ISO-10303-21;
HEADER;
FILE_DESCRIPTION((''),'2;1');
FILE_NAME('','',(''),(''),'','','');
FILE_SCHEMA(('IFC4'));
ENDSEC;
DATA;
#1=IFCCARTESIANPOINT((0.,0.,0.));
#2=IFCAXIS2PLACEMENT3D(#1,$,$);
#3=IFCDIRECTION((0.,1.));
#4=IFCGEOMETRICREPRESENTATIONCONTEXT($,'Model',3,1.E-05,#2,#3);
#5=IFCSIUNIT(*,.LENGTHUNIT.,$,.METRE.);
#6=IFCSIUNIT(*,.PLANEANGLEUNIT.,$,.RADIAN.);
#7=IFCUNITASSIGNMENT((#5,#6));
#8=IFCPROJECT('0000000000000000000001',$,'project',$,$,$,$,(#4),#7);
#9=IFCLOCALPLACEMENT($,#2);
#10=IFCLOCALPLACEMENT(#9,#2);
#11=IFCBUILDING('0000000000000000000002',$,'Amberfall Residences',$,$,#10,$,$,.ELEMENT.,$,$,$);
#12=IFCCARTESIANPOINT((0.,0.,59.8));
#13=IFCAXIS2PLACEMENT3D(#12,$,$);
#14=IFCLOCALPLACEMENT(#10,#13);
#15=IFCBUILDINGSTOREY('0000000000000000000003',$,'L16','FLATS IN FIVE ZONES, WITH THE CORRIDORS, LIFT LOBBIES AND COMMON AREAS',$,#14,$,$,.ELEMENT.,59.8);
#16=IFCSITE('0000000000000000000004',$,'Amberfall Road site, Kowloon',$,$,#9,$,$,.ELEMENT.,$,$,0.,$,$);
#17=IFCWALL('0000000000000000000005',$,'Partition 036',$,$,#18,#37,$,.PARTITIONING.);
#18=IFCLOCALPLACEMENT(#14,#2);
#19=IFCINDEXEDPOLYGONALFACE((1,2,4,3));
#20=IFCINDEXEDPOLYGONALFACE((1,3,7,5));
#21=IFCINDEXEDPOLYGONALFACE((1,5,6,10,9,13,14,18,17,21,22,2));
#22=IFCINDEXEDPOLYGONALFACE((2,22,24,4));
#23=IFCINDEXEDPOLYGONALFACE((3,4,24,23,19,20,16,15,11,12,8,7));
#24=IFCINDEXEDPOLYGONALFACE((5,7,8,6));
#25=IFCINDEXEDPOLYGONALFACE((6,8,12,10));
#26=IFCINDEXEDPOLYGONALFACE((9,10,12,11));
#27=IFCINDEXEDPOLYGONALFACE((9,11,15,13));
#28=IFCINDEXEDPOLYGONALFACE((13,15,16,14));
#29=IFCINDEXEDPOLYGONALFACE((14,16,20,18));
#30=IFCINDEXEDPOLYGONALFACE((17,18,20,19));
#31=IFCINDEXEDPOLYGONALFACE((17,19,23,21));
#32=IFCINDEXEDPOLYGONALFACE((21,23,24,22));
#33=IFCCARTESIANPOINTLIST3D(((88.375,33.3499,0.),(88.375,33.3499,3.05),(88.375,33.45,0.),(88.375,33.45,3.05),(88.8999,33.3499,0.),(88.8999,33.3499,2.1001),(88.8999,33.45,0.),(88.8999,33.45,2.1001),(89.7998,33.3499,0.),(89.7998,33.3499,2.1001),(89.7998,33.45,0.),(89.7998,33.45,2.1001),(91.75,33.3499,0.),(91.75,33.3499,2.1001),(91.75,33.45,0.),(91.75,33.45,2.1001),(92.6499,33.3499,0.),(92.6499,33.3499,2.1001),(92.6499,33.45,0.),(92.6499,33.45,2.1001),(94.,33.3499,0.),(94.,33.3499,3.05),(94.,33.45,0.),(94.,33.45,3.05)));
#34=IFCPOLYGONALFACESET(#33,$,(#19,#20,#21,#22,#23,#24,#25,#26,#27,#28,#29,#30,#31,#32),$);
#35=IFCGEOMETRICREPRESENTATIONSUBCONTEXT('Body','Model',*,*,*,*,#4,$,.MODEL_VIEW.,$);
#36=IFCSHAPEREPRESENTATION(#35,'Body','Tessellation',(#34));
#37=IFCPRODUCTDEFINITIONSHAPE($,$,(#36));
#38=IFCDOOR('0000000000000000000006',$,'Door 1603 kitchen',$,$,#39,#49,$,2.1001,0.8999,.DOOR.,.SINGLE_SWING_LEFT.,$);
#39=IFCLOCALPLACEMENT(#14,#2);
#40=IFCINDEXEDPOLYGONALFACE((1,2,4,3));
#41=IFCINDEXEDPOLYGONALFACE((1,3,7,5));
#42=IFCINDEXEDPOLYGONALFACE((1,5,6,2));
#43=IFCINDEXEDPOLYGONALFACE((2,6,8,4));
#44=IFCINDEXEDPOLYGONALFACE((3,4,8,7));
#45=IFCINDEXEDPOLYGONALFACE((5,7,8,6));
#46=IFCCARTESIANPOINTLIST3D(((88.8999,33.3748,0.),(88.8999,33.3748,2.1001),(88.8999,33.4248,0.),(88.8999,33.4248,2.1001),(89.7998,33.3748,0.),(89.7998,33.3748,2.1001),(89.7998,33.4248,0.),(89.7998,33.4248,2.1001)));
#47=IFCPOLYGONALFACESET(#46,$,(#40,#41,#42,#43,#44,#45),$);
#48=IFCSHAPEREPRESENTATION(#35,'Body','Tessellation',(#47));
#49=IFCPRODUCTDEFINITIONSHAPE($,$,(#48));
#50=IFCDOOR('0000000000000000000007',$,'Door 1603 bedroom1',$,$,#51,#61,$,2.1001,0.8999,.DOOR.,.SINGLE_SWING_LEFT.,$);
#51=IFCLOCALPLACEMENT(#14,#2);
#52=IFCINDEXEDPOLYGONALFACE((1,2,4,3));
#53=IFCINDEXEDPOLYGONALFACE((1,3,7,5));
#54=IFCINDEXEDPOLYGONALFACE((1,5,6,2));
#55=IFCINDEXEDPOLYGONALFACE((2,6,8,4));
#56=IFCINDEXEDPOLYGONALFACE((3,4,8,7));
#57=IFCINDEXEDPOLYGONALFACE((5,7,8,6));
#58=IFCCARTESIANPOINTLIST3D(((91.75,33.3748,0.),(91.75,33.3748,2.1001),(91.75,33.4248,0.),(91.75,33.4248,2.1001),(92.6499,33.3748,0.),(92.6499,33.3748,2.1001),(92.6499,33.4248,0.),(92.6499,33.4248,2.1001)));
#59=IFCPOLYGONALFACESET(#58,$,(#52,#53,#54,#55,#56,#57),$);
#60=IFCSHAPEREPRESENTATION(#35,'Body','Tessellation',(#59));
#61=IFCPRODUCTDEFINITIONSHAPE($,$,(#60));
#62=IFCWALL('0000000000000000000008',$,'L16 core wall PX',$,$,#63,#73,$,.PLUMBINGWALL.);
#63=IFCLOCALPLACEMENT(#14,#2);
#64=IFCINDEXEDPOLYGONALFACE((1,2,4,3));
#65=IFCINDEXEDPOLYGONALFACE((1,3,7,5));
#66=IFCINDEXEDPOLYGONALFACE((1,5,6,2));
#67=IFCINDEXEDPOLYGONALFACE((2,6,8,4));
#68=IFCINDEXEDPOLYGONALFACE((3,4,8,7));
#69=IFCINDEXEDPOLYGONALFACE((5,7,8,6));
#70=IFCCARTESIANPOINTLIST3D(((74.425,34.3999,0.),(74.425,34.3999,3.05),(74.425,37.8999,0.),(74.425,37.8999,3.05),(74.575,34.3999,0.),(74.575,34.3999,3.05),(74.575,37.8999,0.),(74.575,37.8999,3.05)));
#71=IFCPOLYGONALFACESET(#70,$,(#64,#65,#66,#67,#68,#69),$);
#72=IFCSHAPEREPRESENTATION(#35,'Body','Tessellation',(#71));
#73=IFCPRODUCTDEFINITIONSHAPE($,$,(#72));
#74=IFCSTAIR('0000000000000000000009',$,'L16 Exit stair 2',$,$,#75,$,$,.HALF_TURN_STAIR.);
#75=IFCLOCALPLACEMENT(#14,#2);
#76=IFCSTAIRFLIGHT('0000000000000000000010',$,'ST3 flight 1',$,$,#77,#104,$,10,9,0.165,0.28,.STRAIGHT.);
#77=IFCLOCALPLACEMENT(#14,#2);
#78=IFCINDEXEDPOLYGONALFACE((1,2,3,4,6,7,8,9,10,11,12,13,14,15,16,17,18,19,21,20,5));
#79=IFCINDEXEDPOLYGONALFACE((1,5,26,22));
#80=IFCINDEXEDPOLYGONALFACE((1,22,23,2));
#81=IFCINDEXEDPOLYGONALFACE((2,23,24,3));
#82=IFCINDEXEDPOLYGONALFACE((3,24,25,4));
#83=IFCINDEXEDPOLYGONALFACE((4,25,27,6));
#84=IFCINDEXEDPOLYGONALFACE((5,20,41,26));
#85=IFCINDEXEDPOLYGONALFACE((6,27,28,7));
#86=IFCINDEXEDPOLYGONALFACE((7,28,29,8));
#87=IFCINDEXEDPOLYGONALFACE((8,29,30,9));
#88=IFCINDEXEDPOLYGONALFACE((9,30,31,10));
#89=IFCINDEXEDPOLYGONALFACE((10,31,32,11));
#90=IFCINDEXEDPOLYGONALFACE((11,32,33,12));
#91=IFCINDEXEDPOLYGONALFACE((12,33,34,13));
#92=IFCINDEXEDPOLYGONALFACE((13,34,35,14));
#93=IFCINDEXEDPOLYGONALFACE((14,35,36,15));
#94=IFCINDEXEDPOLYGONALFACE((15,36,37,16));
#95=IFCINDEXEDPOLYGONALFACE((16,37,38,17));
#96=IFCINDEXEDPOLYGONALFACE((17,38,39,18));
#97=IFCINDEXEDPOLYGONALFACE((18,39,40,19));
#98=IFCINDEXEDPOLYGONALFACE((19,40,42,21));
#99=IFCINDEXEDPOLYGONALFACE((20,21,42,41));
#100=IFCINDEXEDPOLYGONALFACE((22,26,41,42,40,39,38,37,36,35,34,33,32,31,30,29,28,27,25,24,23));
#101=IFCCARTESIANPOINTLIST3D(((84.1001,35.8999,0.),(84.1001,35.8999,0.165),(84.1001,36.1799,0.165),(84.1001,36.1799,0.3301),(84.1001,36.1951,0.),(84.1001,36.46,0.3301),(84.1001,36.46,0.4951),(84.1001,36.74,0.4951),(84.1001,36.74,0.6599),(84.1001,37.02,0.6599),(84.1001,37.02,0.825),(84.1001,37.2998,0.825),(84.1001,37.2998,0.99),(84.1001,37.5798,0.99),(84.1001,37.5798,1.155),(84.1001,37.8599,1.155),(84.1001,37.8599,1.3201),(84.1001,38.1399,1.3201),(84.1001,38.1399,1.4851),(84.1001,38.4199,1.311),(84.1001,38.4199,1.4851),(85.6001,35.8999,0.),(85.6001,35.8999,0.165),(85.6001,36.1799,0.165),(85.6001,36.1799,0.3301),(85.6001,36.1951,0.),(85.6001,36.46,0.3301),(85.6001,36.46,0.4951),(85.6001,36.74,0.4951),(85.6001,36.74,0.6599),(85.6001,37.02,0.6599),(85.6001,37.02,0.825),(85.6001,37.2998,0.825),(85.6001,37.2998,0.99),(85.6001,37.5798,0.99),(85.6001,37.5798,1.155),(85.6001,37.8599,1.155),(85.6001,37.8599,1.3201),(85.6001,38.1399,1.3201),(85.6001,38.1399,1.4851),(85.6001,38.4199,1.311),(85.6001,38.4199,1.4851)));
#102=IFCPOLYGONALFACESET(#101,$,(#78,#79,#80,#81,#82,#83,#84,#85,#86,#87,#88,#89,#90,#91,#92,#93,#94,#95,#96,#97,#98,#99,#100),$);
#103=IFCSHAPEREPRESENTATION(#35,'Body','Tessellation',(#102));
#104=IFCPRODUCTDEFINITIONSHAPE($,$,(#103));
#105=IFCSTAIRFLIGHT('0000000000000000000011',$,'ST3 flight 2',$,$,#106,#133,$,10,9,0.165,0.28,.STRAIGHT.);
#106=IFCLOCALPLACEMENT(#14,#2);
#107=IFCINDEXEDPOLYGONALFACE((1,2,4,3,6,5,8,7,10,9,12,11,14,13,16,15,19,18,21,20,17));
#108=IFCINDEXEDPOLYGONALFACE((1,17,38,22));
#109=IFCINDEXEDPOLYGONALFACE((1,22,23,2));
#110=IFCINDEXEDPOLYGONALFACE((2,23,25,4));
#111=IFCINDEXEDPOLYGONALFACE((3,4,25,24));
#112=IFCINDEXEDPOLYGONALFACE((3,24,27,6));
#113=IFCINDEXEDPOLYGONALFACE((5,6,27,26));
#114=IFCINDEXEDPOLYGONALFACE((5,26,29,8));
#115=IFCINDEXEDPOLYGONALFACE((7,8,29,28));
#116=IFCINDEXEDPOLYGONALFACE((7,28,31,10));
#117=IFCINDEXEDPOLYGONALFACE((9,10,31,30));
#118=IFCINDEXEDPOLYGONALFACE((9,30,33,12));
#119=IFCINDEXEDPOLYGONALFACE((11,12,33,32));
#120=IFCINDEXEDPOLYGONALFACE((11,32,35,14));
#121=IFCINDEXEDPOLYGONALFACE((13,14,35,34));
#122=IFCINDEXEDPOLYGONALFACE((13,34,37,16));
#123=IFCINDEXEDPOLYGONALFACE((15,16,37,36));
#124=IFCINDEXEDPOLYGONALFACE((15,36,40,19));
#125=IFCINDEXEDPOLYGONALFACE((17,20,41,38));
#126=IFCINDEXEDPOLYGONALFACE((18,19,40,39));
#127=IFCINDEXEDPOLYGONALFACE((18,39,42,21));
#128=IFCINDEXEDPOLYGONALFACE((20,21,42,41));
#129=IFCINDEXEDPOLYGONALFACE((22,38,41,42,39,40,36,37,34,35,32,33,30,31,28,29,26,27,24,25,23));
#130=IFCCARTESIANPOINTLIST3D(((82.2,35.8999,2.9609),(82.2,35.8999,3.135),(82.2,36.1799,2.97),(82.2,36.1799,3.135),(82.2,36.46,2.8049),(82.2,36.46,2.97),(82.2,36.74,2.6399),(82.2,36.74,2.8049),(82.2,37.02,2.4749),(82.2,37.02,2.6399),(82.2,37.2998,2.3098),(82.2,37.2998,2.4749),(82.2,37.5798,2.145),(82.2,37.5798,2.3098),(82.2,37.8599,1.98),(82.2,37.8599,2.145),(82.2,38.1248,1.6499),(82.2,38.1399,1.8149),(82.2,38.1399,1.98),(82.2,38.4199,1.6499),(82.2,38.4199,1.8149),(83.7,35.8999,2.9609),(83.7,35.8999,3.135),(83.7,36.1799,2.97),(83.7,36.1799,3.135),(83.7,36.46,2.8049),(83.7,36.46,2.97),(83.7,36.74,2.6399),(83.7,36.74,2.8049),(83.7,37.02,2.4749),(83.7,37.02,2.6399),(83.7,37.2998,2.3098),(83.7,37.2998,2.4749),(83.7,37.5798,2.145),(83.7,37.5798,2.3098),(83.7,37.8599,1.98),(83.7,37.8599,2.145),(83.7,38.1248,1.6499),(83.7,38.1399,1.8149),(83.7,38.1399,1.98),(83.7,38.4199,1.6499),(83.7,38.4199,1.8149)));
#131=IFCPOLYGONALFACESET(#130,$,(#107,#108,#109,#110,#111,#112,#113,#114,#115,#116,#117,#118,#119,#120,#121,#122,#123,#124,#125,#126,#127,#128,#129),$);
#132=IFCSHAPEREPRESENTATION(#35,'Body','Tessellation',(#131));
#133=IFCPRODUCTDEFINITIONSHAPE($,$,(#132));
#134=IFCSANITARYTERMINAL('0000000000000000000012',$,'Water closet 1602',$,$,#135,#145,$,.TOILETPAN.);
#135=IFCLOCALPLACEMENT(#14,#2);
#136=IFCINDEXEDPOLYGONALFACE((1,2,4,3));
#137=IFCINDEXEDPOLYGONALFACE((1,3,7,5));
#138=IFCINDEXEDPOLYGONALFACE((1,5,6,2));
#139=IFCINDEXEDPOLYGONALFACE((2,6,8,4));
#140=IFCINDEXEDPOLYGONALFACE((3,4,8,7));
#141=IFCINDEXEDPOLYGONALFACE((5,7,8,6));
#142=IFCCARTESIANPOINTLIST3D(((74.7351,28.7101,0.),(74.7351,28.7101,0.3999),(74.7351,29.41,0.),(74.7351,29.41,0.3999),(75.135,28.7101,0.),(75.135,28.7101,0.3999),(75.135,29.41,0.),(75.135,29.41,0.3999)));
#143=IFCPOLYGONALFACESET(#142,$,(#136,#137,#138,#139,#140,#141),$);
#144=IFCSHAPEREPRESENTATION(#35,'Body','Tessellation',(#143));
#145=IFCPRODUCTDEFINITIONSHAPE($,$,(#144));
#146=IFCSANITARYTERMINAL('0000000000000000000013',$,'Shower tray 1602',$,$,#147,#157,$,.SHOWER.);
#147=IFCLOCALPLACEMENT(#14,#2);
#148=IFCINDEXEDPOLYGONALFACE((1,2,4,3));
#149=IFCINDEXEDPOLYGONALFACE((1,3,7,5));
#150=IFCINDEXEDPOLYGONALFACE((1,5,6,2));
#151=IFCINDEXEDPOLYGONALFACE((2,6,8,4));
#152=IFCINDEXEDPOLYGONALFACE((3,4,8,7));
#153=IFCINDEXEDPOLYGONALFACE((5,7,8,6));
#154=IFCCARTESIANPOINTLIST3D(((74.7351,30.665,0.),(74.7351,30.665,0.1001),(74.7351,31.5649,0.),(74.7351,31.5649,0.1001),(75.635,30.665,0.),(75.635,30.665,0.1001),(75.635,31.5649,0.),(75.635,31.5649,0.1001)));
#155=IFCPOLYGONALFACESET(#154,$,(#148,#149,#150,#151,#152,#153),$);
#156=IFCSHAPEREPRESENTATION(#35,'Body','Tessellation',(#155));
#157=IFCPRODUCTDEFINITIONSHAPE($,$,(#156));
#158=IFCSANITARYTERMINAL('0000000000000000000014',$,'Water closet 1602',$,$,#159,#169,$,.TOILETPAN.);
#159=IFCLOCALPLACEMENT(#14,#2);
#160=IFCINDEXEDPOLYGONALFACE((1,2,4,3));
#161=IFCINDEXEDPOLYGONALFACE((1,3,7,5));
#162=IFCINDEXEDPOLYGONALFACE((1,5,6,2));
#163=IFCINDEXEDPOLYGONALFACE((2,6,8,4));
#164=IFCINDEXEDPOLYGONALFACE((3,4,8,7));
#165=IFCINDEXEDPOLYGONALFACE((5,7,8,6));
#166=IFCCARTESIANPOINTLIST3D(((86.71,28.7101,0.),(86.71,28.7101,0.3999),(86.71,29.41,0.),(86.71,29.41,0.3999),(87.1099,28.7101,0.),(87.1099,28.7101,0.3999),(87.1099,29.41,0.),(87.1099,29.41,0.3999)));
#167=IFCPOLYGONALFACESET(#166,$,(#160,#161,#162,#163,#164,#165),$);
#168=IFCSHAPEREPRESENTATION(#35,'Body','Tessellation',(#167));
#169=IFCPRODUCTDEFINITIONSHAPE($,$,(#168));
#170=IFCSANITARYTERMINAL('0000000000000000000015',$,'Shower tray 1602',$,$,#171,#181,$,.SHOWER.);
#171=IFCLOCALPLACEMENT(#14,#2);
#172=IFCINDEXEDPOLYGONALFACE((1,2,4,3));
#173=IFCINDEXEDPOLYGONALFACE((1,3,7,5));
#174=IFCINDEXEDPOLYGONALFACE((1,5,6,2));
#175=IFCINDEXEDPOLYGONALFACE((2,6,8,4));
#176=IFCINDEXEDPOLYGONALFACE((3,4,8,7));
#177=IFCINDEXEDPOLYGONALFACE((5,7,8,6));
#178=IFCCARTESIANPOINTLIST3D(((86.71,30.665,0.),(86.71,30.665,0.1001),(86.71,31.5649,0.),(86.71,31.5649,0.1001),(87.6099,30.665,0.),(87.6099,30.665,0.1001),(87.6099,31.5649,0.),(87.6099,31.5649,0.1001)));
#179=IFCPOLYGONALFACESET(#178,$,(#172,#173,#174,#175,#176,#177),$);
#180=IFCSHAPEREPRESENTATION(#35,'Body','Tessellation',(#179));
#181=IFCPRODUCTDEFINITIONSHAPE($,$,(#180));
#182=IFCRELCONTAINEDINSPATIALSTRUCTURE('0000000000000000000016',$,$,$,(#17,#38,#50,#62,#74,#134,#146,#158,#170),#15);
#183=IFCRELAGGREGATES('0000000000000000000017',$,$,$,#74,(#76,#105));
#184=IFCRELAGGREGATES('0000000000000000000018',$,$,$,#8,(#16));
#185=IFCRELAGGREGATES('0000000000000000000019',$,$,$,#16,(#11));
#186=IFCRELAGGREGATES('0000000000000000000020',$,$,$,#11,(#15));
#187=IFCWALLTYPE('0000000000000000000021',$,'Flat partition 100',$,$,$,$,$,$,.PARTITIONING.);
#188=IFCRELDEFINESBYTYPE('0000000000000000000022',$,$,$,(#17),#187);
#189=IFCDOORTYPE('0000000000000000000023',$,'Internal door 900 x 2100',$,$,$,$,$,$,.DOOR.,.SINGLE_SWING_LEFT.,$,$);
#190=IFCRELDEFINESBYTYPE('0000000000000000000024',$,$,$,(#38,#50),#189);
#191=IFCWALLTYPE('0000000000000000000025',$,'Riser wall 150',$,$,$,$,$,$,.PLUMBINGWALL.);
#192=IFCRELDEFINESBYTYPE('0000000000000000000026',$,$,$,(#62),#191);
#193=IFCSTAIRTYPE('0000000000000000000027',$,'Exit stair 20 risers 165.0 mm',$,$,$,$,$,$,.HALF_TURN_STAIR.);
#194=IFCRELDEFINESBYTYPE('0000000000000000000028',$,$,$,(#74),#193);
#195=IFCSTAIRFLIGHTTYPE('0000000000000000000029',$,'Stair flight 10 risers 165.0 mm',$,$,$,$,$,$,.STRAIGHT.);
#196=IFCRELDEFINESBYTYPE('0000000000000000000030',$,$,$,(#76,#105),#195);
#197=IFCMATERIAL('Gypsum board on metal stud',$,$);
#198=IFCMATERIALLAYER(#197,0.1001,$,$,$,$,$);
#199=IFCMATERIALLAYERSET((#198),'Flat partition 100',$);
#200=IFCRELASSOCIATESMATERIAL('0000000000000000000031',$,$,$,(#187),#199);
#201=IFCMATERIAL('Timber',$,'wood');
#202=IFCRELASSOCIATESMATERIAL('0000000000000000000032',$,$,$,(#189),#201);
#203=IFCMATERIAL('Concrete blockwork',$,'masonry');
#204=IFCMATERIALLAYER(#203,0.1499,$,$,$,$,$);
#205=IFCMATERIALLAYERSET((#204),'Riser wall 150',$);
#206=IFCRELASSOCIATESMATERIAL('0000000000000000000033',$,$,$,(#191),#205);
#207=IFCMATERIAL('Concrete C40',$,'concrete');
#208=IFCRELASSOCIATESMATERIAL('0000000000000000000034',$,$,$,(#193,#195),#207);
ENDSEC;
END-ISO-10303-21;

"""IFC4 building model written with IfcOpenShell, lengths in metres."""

from ifc_helpers import new_model, si_unit, direction, frame, frame_2d, origin, origin_2d, place, context, subcontext, project, spatial, polyline, rectangle, outline, extrude, material, layer, layer_set, type_object, element, fill, aggregate, save


model = new_model("IFC4")

# Units and contexts
model_context = context("Model", 3, precision=1e-05, world=origin(), true_north=direction((0.0, 1.0)))
body_context = subcontext(model_context, "Body", "Model", "MODEL_VIEW")
ifc_project = project(units=[si_unit("LENGTHUNIT", "METRE"), si_unit("PLANEANGLEUNIT", "RADIAN")], contexts=[model_context])

# Site, building, storey
site_placement = place(None, origin())
site = spatial("IfcSite", under=ifc_project, at=site_placement, Name="Amberfall Road site, Kowloon", CompositionType="ELEMENT", RefElevation=0.0)
building_placement = place(site_placement, origin())
building = spatial("IfcBuilding", under=site, at=building_placement, Name="Amberfall Residences", CompositionType="ELEMENT")
storey_placement = place(building_placement, frame((0.0, 0.0, 59.8)))
storey = spatial("IfcBuildingStorey", under=building, at=storey_placement, Name="L16", Description="FLATS IN FIVE ZONES, WITH THE CORRIDORS, LIFT LOBBIES AND COMMON AREAS", CompositionType="ELEMENT", Elevation=59.8)

# Shared definitions
ifc_material_1 = material(Name="Gypsum board on metal stud")
ifc_layer_1 = layer(ifc_material_1, 0.1001)
ifc_layer_set_1 = layer_set([ifc_layer_1], Name="Flat partition 100")
wall_type_1 = type_object("IfcWallType", Name="Flat partition 100", PredefinedType="PARTITIONING", material=ifc_layer_set_1)
ifc_material_2 = material(Name="Timber", Category="wood")
door_type_1 = type_object("IfcDoorType", Name="Internal door 900 x 2100", OperationType="SINGLE_SWING_LEFT", PredefinedType="DOOR", material=ifc_material_2)

# Wall, openings, doors
wall_1_placement = place(storey_placement, frame((88.375, 33.3999, 0.0), z_axis=(0.0, 0.0, 1.0), x_axis=(1.0, 0.0, 0.0)))
wall_1 = element("IfcWall", 1, at=wall_1_placement, inside=storey, type_object=wall_type_1, Name="Partition 036", PredefinedType="PARTITIONING", context=body_context, shape_type="SweptSolid", body=[
    extrude(rectangle(XDim=5.625, YDim=0.1001, at=frame_2d((2.8125, 0.0))), origin(), (0.0, 0.0, 1.0), 3.05),
])
opening_1_placement = place(wall_1_placement, frame((0.5249, 0.0, 0.0)))
opening_1 = element("IfcOpeningElement", 2, at=opening_1_placement, cuts=wall_1, PredefinedType="OPENING", context=body_context, shape_type="SweptSolid", body=[
    extrude(rectangle(XDim=0.8999, YDim=2.1001, at=frame_2d((0.45, 1.05))), frame((0.0, 0.0601, 0.0), z_axis=(0.0, -1.0, 0.0), x_axis=(1.0, 0.0, 0.0)), (0.0, 0.0, 1.0), 0.1201),
])
opening_2_placement = place(wall_1_placement, frame((3.375, 0.0, 0.0)))
opening_2 = element("IfcOpeningElement", 3, at=opening_2_placement, cuts=wall_1, PredefinedType="OPENING", context=body_context, shape_type="SweptSolid", body=[
    extrude(rectangle(XDim=0.8999, YDim=2.1001, at=frame_2d((0.45, 1.05))), frame((0.0, 0.0601, 0.0), z_axis=(0.0, -1.0, 0.0), x_axis=(1.0, 0.0, 0.0)), (0.0, 0.0, 1.0), 0.1201),
])
door_1_placement = place(opening_1_placement, origin())
door_1 = element("IfcDoor", 4, at=door_1_placement, inside=storey, type_object=door_type_1, Name="Door 1603 kitchen", OperationType="SINGLE_SWING_LEFT", OverallHeight=2.1001, OverallWidth=0.8999, PredefinedType="DOOR", context=body_context, shape_type="SweptSolid", body=[
    extrude(rectangle(XDim=0.8999, YDim=2.1001, at=frame_2d((0.45, 1.05))), frame((0.0, 0.0249, 0.0), z_axis=(0.0, -1.0, 0.0), x_axis=(1.0, 0.0, 0.0)), (0.0, 0.0, 1.0), 0.05),
])
fill(opening_1, door_1)
door_2_placement = place(opening_2_placement, origin())
door_2 = element("IfcDoor", 5, at=door_2_placement, inside=storey, type_object=door_type_1, Name="Door 1603 bedroom1", OperationType="SINGLE_SWING_LEFT", OverallHeight=2.1001, OverallWidth=0.8999, PredefinedType="DOOR", context=body_context, shape_type="SweptSolid", body=[
    extrude(rectangle(XDim=0.8999, YDim=2.1001, at=frame_2d((0.45, 1.05))), frame((0.0, 0.0249, 0.0), z_axis=(0.0, -1.0, 0.0), x_axis=(1.0, 0.0, 0.0)), (0.0, 0.0, 1.0), 0.05),
])
fill(opening_2, door_2)

# Wall
ifc_material_3 = material(Name="Concrete blockwork", Category="masonry")
ifc_layer_2 = layer(ifc_material_3, 0.1499)
ifc_layer_set_2 = layer_set([ifc_layer_2], Name="Riser wall 150")
wall_type_2 = type_object("IfcWallType", Name="Riser wall 150", PredefinedType="PLUMBINGWALL", material=ifc_layer_set_2)
wall_2_placement = place(storey_placement, frame((74.5, 34.3999, 0.0), z_axis=(0.0, 0.0, 1.0), x_axis=(0.0, 1.0, 0.0)))
element("IfcWall", 6, at=wall_2_placement, inside=storey, type_object=wall_type_2, Name="L16 core wall PX", PredefinedType="PLUMBINGWALL", context=body_context, shape_type="SweptSolid", body=[
    extrude(rectangle(XDim=3.5, YDim=0.1499, at=frame_2d((1.75, 0.0))), origin(), (0.0, 0.0, 1.0), 3.05),
])

# Stair, stair flights
ifc_material_4 = material(Name="Concrete C40", Category="concrete")
stair_type = type_object("IfcStairType", Name="Exit stair 20 risers 165.0 mm", PredefinedType="HALF_TURN_STAIR", material=ifc_material_4)
stair_placement = place(storey_placement, origin())
stair = element("IfcStair", 7, at=stair_placement, inside=storey, type_object=stair_type, Name="L16 Exit stair 2", PredefinedType="HALF_TURN_STAIR")
stair_flight_type = type_object("IfcStairFlightType", Name="Stair flight 10 risers 165.0 mm", PredefinedType="STRAIGHT", material=ifc_material_4)
stair_flight_1_placement = place(storey_placement, frame((84.8501, 35.8999, 0.0), z_axis=(0.0, 0.0, 1.0), x_axis=(0.0, 1.0, 0.0)))
stair_flight_1 = element("IfcStairFlight", 8, at=stair_flight_1_placement, type_object=stair_flight_type, Name="ST3 flight 1", NumberOfRisers=10, NumberOfTreads=9, PredefinedType="STRAIGHT", RiserHeight=0.165, TreadLength=0.28, context=body_context, shape_type="SweptSolid", body=[
    extrude(outline(polyline([(0.0, 0.0), (0.0, 0.165), (0.28, 0.165), (0.28, 0.3301), (0.5601, 0.3301), (0.5601, 0.4951), (0.8401, 0.4951), (0.8401, 0.6599), (1.1201, 0.6599), (1.1201, 0.825), (1.3999, 0.825), (1.3999, 0.99), (1.6799, 0.99), (1.6799, 1.155), (1.96, 1.155), (1.96, 1.3201), (2.24, 1.3201), (2.24, 1.4851), (2.52, 1.4851), (2.52, 1.6499), (2.52, 1.311), (0.2952, 0.0), (0.0, 0.0)])), frame((0.0, 0.75, 0.0), z_axis=(0.0, -1.0, 0.0), x_axis=(1.0, 0.0, 0.0)), (0.0, 0.0, 1.0), 1.5),
])
stair_flight_2_placement = place(storey_placement, frame((82.95, 38.4199, 1.6499), z_axis=(0.0, 0.0, 1.0), x_axis=(0.0, -1.0, 0.0)))
stair_flight_2 = element("IfcStairFlight", 9, at=stair_flight_2_placement, type_object=stair_flight_type, Name="ST3 flight 2", NumberOfRisers=10, NumberOfTreads=9, PredefinedType="STRAIGHT", RiserHeight=0.165, TreadLength=0.28, context=body_context, shape_type="SweptSolid", body=[
    extrude(outline(polyline([(0.0, 0.0), (0.0, 0.165), (0.28, 0.165), (0.28, 0.3301), (0.5601, 0.3301), (0.5601, 0.4951), (0.8401, 0.4951), (0.8401, 0.6599), (1.1201, 0.6599), (1.1201, 0.825), (1.3999, 0.825), (1.3999, 0.99), (1.6799, 0.99), (1.6799, 1.155), (1.96, 1.155), (1.96, 1.3201), (2.24, 1.3201), (2.24, 1.4851), (2.52, 1.4851), (2.52, 1.6499), (2.52, 1.311), (0.2952, 0.0), (0.0, 0.0)])), frame((0.0, 0.75, 0.0), z_axis=(0.0, -1.0, 0.0), x_axis=(1.0, 0.0, 0.0)), (0.0, 0.0, 1.0), 1.5),
])
aggregate(stair, [stair_flight_1, stair_flight_2])

# Sanitary terminals
sanitary_terminal_1_placement = place(storey_placement, frame((74.9351, 29.0601, 0.0), z_axis=(0.0, 0.0, 1.0), x_axis=(1.0, 0.0, 0.0)))
element("IfcSanitaryTerminal", 10, at=sanitary_terminal_1_placement, inside=storey, Name="Water closet 1602", PredefinedType="TOILETPAN", context=body_context, shape_type="SweptSolid", body=[
    extrude(rectangle(XDim=0.3999, YDim=0.7, at=origin_2d()), origin(), (0.0, 0.0, 1.0), 0.3999),
])
sanitary_terminal_2_placement = place(storey_placement, frame((75.1851, 31.115, 0.0), z_axis=(0.0, 0.0, 1.0), x_axis=(1.0, 0.0, 0.0)))
element("IfcSanitaryTerminal", 11, at=sanitary_terminal_2_placement, inside=storey, Name="Shower tray 1602", PredefinedType="SHOWER", context=body_context, shape_type="SweptSolid", body=[
    extrude(rectangle(XDim=0.8999, YDim=0.8999, at=origin_2d()), origin(), (0.0, 0.0, 1.0), 0.1001),
])
sanitary_terminal_3_placement = place(storey_placement, frame((86.9099, 29.0601, 0.0), z_axis=(0.0, 0.0, 1.0), x_axis=(1.0, 0.0, 0.0)))
element("IfcSanitaryTerminal", 12, at=sanitary_terminal_3_placement, inside=storey, Name="Water closet 1602", PredefinedType="TOILETPAN", context=body_context, shape_type="SweptSolid", body=[
    extrude(rectangle(XDim=0.3999, YDim=0.7, at=origin_2d()), origin(), (0.0, 0.0, 1.0), 0.3999),
])
sanitary_terminal_4_placement = place(storey_placement, frame((87.1599, 31.115, 0.0), z_axis=(0.0, 0.0, 1.0), x_axis=(1.0, 0.0, 0.0)))
element("IfcSanitaryTerminal", 13, at=sanitary_terminal_4_placement, inside=storey, Name="Shower tray 1602", PredefinedType="SHOWER", context=body_context, shape_type="SweptSolid", body=[
    extrude(rectangle(XDim=0.8999, YDim=0.8999, at=origin_2d()), origin(), (0.0, 0.0, 1.0), 0.1001),
])

save(model, "model.ifc")
